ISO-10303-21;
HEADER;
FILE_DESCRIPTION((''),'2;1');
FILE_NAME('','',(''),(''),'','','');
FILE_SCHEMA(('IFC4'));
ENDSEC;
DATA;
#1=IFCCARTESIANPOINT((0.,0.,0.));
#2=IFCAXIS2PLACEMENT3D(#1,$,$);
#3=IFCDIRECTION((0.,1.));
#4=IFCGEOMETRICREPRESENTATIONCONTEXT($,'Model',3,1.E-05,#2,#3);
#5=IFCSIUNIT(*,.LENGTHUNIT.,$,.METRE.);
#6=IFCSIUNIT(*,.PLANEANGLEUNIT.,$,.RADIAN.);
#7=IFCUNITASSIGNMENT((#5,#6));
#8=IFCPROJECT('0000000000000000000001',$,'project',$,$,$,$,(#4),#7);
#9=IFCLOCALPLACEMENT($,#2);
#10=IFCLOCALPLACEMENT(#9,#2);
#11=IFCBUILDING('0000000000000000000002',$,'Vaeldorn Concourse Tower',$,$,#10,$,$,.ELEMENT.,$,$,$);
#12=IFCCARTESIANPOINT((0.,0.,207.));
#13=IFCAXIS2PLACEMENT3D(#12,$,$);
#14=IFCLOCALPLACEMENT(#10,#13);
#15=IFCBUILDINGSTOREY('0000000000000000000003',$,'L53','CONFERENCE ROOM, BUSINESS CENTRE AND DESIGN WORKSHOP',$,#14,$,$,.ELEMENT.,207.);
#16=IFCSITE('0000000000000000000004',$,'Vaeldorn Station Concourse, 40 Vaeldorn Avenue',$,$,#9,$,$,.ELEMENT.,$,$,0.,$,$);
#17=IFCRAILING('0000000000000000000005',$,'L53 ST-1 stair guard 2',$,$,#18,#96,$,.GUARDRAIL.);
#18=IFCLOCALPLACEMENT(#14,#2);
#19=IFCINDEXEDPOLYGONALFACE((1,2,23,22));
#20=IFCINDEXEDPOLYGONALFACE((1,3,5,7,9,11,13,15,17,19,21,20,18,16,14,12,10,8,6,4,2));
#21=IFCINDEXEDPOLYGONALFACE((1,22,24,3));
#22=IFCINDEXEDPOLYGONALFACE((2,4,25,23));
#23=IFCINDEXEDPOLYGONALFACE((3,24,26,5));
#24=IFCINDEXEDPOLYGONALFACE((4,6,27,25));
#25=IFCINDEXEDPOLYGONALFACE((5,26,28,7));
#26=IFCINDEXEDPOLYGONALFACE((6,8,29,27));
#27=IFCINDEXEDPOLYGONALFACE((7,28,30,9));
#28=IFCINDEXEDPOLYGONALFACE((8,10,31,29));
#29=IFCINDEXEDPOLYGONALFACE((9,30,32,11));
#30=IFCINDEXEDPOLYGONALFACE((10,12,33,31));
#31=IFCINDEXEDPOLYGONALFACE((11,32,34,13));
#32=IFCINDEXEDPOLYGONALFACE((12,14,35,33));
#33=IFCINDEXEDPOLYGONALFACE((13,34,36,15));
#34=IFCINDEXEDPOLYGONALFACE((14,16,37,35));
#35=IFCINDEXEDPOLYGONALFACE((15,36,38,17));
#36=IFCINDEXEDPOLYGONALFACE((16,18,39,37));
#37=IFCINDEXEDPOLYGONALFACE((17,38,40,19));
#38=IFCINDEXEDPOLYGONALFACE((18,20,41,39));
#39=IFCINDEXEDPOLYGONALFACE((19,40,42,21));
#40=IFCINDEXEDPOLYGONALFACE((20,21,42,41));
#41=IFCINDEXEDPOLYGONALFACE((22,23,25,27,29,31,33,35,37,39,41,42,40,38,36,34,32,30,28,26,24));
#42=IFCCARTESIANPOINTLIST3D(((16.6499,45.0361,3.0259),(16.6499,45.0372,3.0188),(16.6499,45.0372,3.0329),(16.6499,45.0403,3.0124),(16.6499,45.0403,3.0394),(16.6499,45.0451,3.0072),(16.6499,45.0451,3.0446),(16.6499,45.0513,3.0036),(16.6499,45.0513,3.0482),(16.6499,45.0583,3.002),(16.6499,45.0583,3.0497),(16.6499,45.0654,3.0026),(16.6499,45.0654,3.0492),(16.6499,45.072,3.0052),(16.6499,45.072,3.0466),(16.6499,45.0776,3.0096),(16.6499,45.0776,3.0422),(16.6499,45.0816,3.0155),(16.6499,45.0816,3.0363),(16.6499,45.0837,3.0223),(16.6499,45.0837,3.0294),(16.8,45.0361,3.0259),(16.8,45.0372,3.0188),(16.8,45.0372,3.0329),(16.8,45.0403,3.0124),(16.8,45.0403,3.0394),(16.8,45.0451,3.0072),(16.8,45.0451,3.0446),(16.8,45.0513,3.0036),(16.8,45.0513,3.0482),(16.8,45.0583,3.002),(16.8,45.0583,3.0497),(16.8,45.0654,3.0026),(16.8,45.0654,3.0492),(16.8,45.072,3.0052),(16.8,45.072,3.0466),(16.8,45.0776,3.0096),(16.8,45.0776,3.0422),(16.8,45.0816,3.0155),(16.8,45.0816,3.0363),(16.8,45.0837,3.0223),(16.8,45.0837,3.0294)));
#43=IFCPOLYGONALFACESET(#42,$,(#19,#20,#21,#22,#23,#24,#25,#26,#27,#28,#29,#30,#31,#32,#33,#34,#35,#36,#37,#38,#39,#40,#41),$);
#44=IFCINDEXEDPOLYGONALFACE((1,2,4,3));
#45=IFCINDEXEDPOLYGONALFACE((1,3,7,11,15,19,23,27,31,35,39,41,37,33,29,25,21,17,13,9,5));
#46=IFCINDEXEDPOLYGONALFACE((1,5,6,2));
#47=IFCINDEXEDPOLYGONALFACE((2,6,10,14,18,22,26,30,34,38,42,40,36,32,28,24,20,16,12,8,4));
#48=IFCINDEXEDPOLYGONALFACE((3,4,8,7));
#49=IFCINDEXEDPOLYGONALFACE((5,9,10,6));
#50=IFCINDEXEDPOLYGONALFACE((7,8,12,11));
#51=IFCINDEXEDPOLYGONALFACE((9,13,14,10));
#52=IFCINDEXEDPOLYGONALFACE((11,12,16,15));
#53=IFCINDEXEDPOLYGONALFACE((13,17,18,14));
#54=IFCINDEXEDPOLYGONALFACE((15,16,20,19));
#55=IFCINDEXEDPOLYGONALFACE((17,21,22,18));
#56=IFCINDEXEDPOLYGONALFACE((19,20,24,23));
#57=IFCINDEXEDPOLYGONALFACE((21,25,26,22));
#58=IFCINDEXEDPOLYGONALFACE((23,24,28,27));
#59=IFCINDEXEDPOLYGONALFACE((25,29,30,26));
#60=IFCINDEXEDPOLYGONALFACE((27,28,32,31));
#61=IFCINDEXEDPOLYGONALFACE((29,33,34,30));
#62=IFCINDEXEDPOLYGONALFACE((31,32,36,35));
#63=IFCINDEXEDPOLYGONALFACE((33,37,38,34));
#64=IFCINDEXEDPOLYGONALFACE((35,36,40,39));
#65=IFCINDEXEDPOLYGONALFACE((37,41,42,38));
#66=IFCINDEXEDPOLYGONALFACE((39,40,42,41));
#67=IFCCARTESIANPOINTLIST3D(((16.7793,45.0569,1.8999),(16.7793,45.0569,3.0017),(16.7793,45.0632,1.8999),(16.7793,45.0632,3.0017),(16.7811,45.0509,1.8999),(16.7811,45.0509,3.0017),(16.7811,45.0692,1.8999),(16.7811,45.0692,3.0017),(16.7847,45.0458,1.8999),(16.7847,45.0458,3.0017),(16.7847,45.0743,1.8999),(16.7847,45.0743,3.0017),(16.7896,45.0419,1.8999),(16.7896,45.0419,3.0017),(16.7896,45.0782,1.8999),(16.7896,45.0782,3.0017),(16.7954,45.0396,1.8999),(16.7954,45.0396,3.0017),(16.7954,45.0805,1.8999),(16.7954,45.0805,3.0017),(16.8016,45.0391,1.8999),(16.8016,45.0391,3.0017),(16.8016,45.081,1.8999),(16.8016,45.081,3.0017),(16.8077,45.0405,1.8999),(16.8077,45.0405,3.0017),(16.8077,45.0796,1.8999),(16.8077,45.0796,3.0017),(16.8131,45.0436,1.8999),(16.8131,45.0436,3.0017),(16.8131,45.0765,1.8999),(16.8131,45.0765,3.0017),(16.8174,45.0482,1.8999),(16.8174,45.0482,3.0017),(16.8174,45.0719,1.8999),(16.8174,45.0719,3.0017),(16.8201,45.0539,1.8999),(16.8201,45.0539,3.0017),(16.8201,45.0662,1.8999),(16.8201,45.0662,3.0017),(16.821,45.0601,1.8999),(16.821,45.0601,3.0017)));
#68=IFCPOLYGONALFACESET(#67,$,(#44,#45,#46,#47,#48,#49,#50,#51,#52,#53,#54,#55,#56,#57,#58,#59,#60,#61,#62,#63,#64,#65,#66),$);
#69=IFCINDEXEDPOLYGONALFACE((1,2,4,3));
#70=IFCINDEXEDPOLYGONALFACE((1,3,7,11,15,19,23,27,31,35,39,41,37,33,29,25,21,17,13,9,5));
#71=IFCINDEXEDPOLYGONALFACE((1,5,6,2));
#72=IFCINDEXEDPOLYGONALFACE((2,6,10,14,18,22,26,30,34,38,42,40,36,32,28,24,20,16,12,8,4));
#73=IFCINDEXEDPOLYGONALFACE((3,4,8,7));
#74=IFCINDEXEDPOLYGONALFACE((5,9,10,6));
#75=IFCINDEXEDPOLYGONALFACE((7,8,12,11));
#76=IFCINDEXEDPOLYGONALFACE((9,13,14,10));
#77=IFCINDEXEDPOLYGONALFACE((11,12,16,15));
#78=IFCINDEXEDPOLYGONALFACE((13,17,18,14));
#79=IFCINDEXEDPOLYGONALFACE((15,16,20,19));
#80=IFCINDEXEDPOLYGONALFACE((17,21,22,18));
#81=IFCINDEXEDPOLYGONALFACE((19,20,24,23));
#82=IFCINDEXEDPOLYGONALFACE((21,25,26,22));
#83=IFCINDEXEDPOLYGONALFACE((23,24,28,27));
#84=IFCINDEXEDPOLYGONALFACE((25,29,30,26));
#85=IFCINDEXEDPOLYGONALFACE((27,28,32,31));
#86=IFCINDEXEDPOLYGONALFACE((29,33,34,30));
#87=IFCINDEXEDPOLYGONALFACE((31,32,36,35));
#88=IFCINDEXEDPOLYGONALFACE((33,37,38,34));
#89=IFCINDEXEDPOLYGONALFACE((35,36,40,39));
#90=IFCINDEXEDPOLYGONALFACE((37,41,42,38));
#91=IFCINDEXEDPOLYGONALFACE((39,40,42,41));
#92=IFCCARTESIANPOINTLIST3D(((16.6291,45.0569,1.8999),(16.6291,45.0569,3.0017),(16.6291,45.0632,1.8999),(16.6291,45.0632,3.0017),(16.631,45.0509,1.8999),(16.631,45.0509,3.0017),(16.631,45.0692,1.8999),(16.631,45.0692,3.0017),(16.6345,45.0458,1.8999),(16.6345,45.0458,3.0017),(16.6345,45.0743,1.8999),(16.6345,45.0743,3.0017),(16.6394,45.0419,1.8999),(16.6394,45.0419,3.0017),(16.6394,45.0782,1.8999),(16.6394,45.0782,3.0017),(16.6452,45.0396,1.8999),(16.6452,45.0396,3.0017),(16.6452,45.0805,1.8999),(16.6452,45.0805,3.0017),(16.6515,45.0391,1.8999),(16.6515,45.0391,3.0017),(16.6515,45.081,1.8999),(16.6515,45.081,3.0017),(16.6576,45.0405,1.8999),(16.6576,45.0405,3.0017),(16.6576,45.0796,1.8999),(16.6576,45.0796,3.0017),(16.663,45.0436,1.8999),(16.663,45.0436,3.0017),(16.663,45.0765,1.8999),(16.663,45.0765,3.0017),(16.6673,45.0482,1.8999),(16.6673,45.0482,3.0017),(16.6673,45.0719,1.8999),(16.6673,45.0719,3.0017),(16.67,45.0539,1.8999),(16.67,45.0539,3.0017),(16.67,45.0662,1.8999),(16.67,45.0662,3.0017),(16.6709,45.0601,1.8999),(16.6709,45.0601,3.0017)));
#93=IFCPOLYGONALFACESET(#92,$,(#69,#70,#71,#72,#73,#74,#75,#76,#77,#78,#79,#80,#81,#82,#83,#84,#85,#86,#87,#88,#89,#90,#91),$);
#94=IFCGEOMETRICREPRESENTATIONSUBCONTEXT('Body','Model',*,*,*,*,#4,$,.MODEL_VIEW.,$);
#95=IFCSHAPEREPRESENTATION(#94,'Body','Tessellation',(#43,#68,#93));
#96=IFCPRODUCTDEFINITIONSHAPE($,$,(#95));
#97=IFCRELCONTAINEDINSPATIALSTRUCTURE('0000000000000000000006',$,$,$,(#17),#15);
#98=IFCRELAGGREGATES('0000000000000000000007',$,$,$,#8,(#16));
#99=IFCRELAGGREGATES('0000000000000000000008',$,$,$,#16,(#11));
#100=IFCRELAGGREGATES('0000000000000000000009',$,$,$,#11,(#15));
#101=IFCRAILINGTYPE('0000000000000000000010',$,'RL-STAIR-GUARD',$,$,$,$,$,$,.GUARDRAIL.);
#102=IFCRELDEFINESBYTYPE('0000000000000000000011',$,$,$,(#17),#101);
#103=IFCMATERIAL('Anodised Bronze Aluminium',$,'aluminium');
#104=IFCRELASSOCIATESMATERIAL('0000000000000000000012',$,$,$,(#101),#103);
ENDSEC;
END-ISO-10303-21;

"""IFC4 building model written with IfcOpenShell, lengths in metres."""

from ifc_helpers import new_model, si_unit, direction, frame, origin, origin_2d, place, context, subcontext, project, spatial, circle, extrude, material, type_object, element, save


model = new_model("IFC4")

# Units and contexts
model_context = context("Model", 3, precision=1e-05, world=origin(), true_north=direction((0.0, 1.0)))
body_context = subcontext(model_context, "Body", "Model", "MODEL_VIEW")
ifc_project = project(units=[si_unit("LENGTHUNIT", "METRE"), si_unit("PLANEANGLEUNIT", "RADIAN")], contexts=[model_context])

# Site, building, storey
site_placement = place(None, origin())
site = spatial("IfcSite", under=ifc_project, at=site_placement, Name="Vaeldorn Station Concourse, 40 Vaeldorn Avenue", CompositionType="ELEMENT", RefElevation=0.0)
building_placement = place(site_placement, origin())
building = spatial("IfcBuilding", under=site, at=building_placement, Name="Vaeldorn Concourse Tower", CompositionType="ELEMENT")
storey_placement = place(building_placement, frame((0.0, 0.0, 207.0)))
storey = spatial("IfcBuildingStorey", under=building, at=storey_placement, Name="L53", Description="CONFERENCE ROOM, BUSINESS CENTRE AND DESIGN WORKSHOP", CompositionType="ELEMENT", Elevation=207.0)

# Shared definitions
ifc_material_1 = material(Name="Anodised Bronze Aluminium", Category="aluminium")

# Railing
railing_type_1 = type_object("IfcRailingType", Name="RL-STAIR-GUARD", PredefinedType="GUARDRAIL", material=ifc_material_1)
railing_1_placement = place(storey_placement, frame((16.8, 45.0601, 1.8999)))
element("IfcRailing", 1, at=railing_1_placement, inside=storey, type_object=railing_type_1, Name="L53 ST-1 stair guard 2", PredefinedType="GUARDRAIL", context=body_context, shape_type="SweptSolid", body=[
    extrude(circle(Radius=0.0239, at=origin_2d()), frame((0.0, 0.0, 1.126), z_axis=(-1.0, 0.0, 0.0), x_axis=(0.0, -1.0, 0.0)), (0.0, 0.0, 1.0), 0.1501),
    extrude(circle(Radius=0.021, at=origin_2d()), origin(), (0.0, 0.0, 1.0), 1.1018),
    extrude(circle(Radius=0.021, at=origin_2d()), frame((-0.1501, 0.0, 0.0)), (0.0, 0.0, 1.0), 1.1018),
])

save(model, "model.ifc")
